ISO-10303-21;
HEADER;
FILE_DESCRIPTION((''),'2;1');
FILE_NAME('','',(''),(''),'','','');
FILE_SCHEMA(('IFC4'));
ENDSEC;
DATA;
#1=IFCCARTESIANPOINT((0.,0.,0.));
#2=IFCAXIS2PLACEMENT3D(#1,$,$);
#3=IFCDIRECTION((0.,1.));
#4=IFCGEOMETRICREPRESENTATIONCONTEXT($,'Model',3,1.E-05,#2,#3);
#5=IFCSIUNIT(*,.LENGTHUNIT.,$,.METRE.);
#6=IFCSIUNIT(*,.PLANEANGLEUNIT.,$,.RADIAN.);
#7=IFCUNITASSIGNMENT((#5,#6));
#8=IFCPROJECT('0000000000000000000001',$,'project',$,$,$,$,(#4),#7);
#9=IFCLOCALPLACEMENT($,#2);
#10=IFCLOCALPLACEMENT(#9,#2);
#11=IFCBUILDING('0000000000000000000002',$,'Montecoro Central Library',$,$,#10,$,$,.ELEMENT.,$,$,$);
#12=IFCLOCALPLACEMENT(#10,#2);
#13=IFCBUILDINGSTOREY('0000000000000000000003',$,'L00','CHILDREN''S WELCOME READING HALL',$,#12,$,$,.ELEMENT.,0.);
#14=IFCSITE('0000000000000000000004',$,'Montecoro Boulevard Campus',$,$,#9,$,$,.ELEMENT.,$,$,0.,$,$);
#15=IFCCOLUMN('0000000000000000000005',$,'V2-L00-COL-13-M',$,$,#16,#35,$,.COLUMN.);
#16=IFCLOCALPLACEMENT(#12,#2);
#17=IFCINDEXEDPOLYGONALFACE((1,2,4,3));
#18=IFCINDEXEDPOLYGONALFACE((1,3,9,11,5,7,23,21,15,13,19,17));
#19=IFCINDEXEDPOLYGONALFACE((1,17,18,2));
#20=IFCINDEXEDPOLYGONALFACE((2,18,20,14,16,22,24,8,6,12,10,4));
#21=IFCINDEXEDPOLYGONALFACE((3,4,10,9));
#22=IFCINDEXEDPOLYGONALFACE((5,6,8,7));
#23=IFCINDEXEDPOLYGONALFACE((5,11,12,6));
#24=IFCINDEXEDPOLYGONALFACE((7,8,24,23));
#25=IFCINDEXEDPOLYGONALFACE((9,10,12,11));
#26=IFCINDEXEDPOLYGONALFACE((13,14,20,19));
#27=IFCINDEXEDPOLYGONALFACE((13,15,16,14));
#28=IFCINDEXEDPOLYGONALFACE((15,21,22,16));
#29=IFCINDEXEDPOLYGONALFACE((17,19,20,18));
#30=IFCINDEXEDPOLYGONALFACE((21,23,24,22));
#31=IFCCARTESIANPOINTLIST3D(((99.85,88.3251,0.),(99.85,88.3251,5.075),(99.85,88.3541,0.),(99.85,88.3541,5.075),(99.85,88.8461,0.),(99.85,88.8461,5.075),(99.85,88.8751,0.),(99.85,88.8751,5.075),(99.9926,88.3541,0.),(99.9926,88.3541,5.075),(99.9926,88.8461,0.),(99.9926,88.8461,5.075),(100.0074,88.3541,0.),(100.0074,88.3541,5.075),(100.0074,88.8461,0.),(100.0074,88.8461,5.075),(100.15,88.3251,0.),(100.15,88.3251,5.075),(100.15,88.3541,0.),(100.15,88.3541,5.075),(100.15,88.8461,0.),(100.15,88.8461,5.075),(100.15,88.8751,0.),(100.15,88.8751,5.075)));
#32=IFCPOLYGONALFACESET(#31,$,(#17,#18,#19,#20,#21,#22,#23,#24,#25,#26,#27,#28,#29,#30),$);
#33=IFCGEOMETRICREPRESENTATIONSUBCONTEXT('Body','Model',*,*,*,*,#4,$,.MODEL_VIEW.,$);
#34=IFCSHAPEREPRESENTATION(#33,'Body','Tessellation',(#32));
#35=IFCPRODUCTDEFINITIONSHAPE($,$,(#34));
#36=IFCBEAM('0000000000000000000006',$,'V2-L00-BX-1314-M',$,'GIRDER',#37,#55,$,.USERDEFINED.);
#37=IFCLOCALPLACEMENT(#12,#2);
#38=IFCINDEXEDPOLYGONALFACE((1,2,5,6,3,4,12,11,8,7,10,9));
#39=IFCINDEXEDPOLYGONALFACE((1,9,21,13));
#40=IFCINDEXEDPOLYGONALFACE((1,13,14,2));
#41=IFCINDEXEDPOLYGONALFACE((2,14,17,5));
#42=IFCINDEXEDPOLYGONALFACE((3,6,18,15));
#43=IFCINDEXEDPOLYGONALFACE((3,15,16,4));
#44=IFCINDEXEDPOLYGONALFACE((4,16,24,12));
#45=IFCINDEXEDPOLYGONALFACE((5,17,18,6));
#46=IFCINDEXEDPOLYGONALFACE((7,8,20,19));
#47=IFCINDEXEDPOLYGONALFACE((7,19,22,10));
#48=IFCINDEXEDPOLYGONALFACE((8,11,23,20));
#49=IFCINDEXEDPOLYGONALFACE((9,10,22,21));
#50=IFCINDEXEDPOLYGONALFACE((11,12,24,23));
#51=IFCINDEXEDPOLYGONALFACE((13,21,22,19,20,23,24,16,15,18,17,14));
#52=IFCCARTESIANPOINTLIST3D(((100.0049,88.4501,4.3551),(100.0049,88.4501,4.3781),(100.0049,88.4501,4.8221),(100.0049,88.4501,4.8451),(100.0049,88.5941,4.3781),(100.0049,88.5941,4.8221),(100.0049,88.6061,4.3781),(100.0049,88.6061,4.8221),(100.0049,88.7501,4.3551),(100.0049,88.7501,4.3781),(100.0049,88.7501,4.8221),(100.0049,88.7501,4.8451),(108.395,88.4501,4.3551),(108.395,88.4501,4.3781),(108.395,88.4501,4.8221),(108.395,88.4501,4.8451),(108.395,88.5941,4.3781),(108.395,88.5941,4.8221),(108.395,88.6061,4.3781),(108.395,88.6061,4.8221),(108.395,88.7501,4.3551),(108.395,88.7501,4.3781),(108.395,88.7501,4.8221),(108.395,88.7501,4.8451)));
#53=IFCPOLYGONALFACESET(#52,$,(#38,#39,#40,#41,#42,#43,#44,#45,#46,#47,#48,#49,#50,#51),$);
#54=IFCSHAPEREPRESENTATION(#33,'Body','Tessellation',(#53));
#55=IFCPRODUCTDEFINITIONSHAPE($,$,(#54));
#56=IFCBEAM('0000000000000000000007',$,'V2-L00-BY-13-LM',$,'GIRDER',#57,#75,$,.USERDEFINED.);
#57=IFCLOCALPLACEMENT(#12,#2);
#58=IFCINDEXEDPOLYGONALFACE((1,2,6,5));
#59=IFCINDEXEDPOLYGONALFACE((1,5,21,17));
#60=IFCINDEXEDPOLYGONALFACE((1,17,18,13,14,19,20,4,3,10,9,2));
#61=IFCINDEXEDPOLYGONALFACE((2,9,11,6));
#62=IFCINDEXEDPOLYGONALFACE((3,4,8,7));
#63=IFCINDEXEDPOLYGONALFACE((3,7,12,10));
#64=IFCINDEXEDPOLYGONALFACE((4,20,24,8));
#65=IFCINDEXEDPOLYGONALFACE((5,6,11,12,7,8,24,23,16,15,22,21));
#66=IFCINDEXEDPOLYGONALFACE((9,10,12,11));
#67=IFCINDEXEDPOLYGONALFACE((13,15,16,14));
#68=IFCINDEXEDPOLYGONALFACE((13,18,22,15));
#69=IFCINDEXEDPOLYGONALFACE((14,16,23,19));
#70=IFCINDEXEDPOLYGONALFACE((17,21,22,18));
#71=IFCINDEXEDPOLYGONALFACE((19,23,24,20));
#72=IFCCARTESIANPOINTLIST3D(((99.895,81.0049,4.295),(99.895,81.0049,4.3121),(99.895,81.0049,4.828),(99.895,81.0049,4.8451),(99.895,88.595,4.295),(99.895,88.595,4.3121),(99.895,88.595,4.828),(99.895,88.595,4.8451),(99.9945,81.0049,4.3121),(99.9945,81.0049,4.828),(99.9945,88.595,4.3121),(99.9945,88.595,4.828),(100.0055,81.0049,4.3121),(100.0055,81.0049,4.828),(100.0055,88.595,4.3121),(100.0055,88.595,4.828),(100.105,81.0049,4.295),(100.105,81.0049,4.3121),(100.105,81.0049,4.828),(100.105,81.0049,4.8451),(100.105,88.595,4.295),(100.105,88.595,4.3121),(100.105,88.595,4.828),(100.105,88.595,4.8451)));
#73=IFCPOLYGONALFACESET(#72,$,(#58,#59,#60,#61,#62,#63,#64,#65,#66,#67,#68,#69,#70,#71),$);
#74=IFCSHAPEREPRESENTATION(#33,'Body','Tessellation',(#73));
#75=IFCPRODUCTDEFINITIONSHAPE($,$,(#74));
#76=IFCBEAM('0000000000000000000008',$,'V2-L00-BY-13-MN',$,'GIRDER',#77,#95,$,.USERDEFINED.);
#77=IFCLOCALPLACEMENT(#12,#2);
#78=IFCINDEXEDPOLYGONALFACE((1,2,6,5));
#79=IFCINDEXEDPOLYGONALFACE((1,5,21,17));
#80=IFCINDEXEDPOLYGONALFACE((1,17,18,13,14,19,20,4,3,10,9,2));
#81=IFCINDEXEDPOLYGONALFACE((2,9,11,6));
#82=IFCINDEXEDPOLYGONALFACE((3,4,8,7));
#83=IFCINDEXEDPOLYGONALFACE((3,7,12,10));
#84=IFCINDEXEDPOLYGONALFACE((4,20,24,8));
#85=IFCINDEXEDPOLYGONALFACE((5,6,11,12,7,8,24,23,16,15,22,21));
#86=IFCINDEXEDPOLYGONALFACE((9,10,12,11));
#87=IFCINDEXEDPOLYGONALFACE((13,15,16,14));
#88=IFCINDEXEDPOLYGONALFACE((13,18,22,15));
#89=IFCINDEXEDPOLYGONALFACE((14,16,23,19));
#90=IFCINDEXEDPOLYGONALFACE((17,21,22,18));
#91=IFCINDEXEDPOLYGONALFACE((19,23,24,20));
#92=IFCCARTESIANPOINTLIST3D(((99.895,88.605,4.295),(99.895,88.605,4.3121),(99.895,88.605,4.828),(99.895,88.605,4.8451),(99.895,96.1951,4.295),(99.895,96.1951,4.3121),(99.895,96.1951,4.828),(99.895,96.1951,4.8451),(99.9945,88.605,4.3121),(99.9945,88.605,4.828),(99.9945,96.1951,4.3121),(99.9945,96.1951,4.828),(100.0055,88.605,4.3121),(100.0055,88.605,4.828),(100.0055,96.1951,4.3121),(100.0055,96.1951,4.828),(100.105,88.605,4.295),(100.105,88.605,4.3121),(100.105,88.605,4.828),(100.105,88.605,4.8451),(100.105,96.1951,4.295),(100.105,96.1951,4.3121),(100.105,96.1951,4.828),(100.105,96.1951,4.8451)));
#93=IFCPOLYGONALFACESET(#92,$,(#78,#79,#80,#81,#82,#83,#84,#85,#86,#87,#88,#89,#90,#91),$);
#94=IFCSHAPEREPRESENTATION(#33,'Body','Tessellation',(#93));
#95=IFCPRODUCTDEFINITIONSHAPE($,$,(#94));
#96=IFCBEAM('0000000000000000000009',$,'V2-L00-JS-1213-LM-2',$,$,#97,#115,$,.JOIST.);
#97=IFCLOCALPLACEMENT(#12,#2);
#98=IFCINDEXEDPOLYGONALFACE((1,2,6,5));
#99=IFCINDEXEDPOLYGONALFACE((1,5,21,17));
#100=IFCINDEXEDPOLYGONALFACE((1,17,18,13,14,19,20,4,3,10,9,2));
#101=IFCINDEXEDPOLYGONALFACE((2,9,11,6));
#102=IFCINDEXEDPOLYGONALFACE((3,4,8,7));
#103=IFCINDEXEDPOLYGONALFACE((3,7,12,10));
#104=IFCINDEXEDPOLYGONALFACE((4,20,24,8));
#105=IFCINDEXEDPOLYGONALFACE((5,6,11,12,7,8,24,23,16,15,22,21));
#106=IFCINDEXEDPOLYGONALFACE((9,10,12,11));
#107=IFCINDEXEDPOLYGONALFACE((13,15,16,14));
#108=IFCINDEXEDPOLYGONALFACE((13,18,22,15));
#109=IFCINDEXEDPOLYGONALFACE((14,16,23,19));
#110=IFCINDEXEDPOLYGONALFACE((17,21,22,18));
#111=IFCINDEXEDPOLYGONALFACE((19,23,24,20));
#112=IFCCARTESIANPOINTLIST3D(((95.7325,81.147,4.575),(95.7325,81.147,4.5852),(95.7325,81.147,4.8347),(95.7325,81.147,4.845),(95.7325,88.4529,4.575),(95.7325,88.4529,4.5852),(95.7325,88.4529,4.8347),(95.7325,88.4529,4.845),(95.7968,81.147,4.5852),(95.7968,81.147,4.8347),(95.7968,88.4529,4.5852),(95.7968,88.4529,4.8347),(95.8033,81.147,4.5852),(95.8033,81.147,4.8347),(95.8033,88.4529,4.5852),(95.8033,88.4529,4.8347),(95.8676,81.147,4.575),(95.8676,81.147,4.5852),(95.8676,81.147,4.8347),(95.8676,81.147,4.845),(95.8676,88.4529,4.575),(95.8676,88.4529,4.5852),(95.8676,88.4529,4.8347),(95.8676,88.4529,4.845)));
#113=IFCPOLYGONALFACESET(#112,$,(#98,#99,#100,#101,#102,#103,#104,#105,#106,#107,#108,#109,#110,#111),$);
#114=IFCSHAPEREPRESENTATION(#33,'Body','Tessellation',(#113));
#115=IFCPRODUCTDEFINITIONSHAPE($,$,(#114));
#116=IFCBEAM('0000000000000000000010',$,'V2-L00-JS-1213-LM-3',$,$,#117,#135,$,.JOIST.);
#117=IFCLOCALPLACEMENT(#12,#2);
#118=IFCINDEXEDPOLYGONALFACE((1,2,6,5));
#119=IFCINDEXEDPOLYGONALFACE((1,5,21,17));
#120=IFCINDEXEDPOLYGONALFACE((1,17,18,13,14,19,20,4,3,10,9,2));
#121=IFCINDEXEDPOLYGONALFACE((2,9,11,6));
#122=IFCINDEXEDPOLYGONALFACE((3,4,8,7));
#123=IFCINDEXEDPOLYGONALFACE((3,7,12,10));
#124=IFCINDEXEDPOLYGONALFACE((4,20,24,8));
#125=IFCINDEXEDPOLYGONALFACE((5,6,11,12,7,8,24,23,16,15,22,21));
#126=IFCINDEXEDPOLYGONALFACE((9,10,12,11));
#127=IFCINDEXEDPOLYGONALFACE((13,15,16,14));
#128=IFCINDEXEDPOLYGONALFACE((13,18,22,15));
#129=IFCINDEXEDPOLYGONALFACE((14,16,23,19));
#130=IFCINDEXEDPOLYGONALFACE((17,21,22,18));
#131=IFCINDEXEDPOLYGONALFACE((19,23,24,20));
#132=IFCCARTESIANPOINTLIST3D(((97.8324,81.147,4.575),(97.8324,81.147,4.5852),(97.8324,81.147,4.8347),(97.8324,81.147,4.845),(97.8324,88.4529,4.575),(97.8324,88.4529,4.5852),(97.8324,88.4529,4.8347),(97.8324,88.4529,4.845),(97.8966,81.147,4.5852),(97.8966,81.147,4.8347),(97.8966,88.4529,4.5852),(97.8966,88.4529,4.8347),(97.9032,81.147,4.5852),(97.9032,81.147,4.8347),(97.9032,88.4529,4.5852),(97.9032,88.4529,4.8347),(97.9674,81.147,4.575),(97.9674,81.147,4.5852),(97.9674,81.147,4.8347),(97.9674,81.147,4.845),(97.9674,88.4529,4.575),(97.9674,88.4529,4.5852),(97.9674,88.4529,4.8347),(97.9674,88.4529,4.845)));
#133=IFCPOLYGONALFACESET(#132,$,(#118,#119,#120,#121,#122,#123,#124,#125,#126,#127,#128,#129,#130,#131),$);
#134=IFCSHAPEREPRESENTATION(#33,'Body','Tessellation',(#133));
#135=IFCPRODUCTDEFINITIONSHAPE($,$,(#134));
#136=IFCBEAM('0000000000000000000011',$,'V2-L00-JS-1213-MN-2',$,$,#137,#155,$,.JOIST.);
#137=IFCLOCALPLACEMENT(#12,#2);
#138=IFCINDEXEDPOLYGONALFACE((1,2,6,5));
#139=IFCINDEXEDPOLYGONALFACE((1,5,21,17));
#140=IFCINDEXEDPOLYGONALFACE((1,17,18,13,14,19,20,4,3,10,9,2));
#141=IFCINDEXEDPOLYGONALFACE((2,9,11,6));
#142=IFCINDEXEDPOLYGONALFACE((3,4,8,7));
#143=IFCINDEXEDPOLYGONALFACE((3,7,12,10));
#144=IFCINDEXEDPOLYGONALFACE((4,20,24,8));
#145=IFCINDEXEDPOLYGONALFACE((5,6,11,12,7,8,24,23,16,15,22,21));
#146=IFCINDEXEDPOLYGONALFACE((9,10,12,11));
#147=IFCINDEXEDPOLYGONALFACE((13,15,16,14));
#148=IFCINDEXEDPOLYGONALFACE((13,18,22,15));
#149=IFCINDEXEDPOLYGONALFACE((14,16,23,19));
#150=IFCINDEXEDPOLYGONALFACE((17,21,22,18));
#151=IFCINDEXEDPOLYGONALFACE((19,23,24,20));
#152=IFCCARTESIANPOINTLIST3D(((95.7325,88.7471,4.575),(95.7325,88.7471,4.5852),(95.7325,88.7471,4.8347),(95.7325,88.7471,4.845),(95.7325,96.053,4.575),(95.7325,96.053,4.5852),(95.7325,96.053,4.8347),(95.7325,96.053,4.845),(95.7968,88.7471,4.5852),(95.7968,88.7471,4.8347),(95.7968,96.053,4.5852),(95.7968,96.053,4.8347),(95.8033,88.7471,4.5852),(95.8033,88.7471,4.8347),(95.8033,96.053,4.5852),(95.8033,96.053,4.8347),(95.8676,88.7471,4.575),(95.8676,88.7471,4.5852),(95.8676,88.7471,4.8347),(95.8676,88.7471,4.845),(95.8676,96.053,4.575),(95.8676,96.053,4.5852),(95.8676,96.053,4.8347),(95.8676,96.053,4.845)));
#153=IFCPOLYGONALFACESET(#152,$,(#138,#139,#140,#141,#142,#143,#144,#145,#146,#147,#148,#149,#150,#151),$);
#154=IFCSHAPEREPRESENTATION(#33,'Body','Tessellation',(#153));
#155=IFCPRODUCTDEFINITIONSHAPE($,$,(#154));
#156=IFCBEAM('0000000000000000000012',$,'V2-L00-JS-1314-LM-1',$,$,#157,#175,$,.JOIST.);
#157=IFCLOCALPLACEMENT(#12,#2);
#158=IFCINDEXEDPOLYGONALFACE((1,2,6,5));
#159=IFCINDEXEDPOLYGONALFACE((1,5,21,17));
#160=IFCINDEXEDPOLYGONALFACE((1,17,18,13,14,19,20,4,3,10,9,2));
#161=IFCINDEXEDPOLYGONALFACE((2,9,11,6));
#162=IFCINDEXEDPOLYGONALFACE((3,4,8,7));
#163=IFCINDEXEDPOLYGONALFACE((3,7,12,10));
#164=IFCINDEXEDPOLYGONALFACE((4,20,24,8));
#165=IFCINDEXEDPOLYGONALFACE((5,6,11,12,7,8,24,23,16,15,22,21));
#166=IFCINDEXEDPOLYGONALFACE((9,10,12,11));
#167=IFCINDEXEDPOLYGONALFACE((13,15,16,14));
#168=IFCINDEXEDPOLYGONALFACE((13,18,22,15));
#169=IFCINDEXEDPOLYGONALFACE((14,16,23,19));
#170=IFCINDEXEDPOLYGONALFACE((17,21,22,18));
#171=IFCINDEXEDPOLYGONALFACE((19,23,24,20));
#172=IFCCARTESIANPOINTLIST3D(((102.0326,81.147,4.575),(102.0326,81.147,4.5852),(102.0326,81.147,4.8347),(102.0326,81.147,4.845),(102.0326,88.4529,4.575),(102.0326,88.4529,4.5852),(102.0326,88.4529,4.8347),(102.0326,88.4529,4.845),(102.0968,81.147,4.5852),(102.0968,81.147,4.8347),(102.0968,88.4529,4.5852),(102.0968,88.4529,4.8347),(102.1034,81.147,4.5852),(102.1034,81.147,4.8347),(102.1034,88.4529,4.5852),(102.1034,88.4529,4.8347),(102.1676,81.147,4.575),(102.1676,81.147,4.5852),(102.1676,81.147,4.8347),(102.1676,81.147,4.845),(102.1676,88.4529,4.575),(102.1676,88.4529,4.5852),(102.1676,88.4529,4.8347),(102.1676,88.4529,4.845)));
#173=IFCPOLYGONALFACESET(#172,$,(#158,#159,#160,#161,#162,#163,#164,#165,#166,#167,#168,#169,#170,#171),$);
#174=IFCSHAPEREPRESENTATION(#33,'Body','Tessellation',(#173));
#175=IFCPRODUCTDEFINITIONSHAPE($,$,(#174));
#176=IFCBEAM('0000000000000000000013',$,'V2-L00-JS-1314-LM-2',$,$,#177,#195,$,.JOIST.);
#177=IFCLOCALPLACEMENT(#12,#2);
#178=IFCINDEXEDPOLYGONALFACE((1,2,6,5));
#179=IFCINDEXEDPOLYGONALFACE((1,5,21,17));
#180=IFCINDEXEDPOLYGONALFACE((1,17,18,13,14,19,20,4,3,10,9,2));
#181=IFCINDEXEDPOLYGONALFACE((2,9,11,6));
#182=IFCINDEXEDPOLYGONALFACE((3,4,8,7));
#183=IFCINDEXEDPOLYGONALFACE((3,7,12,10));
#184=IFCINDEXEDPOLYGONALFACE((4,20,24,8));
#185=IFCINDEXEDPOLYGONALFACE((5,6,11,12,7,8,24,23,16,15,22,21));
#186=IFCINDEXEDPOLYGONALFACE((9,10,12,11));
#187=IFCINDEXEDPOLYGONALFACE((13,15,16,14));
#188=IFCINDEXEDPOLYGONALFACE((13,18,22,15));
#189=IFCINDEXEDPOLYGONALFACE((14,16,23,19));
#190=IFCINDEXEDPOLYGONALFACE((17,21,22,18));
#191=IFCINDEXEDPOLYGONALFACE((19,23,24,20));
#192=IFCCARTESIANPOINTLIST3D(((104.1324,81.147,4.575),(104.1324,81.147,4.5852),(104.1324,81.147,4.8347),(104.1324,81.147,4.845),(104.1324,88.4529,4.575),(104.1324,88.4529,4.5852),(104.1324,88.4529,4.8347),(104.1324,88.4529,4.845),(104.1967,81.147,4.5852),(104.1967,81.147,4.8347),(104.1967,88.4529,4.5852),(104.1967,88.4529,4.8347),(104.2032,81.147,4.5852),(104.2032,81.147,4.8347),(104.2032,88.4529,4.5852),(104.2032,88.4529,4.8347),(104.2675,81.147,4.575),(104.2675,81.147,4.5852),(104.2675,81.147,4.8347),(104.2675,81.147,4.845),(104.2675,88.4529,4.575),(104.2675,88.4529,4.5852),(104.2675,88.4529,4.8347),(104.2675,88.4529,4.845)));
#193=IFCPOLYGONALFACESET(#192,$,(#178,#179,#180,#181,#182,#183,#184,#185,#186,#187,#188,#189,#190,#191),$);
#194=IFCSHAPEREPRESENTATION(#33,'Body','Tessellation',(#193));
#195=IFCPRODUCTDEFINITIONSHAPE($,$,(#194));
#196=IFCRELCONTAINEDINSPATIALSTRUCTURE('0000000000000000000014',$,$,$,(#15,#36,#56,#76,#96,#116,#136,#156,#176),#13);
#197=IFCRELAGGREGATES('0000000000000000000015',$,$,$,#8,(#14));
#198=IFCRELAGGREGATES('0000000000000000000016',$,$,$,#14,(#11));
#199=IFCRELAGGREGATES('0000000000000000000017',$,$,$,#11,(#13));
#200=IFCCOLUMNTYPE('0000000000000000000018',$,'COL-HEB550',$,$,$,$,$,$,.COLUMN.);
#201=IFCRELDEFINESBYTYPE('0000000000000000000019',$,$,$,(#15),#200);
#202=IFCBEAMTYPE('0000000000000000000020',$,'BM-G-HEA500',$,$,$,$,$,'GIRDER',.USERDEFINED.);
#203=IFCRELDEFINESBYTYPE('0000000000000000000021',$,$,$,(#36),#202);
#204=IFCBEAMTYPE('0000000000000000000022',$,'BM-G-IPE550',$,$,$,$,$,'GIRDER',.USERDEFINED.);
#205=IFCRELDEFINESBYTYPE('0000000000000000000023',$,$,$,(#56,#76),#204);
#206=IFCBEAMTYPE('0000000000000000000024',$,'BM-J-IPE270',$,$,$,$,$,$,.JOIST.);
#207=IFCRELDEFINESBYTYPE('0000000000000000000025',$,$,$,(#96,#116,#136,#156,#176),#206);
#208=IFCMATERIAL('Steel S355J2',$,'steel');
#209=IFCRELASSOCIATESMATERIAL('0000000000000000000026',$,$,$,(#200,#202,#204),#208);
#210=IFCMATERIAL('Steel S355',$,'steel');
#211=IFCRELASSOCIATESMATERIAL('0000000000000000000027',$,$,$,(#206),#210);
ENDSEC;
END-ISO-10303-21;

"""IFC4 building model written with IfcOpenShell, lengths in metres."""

from ifc_helpers import new_model, si_unit, direction, frame, origin, origin_2d, place, context, subcontext, project, spatial, i_section, extrude, material, material_profile, profile_set, type_object, element, save


model = new_model("IFC4")

# Units and contexts
model_context = context("Model", 3, precision=1e-05, world=origin(), true_north=direction((0.0, 1.0)))
body_context = subcontext(model_context, "Body", "Model", "MODEL_VIEW")
ifc_project = project(units=[si_unit("LENGTHUNIT", "METRE"), si_unit("PLANEANGLEUNIT", "RADIAN")], contexts=[model_context])

# Site, building, storey
site_placement = place(None, origin())
site = spatial("IfcSite", under=ifc_project, at=site_placement, Name="Montecoro Boulevard Campus", CompositionType="ELEMENT", RefElevation=0.0)
building_placement = place(site_placement, origin())
building = spatial("IfcBuilding", under=site, at=building_placement, Name="Montecoro Central Library", CompositionType="ELEMENT")
storey_placement = place(building_placement, origin())
storey = spatial("IfcBuildingStorey", under=building, at=storey_placement, Name="L00", Description="CHILDREN'S WELCOME READING HALL", CompositionType="ELEMENT", Elevation=0.0)

# Column
ifc_material_1 = material(Name="Steel S355J2", Category="steel")
ifc_material_profile_1 = material_profile(ifc_material_1, i_section(OverallWidth=0.3, OverallDepth=0.55, WebThickness=0.0149, FlangeThickness=0.0291, at=origin_2d()), Name="HEB 550")
ifc_profile_set_1 = profile_set([ifc_material_profile_1], Name="Steel S355J2")
column_type = type_object("IfcColumnType", Name="COL-HEB550", PredefinedType="COLUMN", material=ifc_profile_set_1)
column_placement = place(storey_placement, frame((100.0, 88.6001, 0.0), z_axis=(0.0, 0.0, 1.0), x_axis=(1.0, 0.0, 0.0)))
element("IfcColumn", 1, at=column_placement, inside=storey, type_object=column_type, Name="V2-L00-COL-13-M", PredefinedType="COLUMN", context=body_context, shape_type="SweptSolid", body=[
    extrude(i_section(OverallWidth=0.3, OverallDepth=0.55, WebThickness=0.0149, FlangeThickness=0.0291, at=origin_2d()), origin(), (0.0, 0.0, 1.0), 5.075),
])

# Beams
ifc_material_profile_2 = material_profile(ifc_material_1, i_section(OverallWidth=0.3, OverallDepth=0.49, WebThickness=0.012, FlangeThickness=0.0229, at=origin_2d()), Name="HEA 500")
ifc_profile_set_2 = profile_set([ifc_material_profile_2], Name="Steel S355J2")
beam_type_1 = type_object("IfcBeamType", Name="BM-G-HEA500", ElementType="GIRDER", PredefinedType="USERDEFINED", material=ifc_profile_set_2)
beam_placement = place(storey_placement, frame((100.0049, 88.6001, 4.6001), z_axis=(1.0, 0.0, 0.0), x_axis=(0.0, 1.0, 0.0)))
element("IfcBeam", 2, at=beam_placement, inside=storey, type_object=beam_type_1, Name="V2-L00-BX-1314-M", ObjectType="GIRDER", PredefinedType="USERDEFINED", context=body_context, shape_type="SweptSolid", body=[
    extrude(i_section(OverallWidth=0.3, OverallDepth=0.49, WebThickness=0.012, FlangeThickness=0.0229, at=origin_2d()), origin(), (0.0, 0.0, 1.0), 8.3901),
])
ifc_material_profile_3 = material_profile(ifc_material_1, i_section(OverallWidth=0.21, OverallDepth=0.55, WebThickness=0.011, FlangeThickness=0.0171, at=origin_2d()), Name="IPE 550")
ifc_profile_set_3 = profile_set([ifc_material_profile_3], Name="Steel S355J2")
beam_type_2 = type_object("IfcBeamType", Name="BM-G-IPE550", ElementType="GIRDER", PredefinedType="USERDEFINED", material=ifc_profile_set_3)
for number, where, z_axis, x_axis, name in (
    (3, (100.0, 81.0049, 4.5701), (0.0, 1.0, 0.0), (-1.0, 0.0, 0.0), "V2-L00-BY-13-LM"),
    (4, (100.0, 88.605, 4.5701), (0.0, 1.0, 0.0), (-1.0, 0.0, 0.0), "V2-L00-BY-13-MN"),
):
    element("IfcBeam", number, at=place(storey_placement, frame(where, z_axis=z_axis, x_axis=x_axis)), inside=storey, type_object=beam_type_2, Name=name, ObjectType="GIRDER", PredefinedType="USERDEFINED", context=body_context, shape_type="SweptSolid", body=[
        extrude(i_section(OverallWidth=0.21, OverallDepth=0.55, WebThickness=0.011, FlangeThickness=0.0171, at=origin_2d()), origin(), (0.0, 0.0, 1.0), 7.5901),
    ])
ifc_material_2 = material(Name="Steel S355", Category="steel")
ifc_material_profile_4 = material_profile(ifc_material_2, i_section(OverallWidth=0.135, OverallDepth=0.27, WebThickness=0.0066, FlangeThickness=0.0103, at=origin_2d()), Name="IPE 270")
ifc_profile_set_4 = profile_set([ifc_material_profile_4], Name="Steel S355")
beam_type_3 = type_object("IfcBeamType", Name="BM-J-IPE270", PredefinedType="JOIST", material=ifc_profile_set_4)
for number, where, z_axis, x_axis, name in (
    (5, (95.8, 81.147, 4.71), (0.0, 1.0, 0.0), (-1.0, 0.0, 0.0), "V2-L00-JS-1213-LM-2"),
    (6, (97.8999, 81.147, 4.71), (0.0, 1.0, 0.0), (-1.0, 0.0, 0.0), "V2-L00-JS-1213-LM-3"),
    (7, (95.8, 88.7471, 4.71), (0.0, 1.0, 0.0), (-1.0, 0.0, 0.0), "V2-L00-JS-1213-MN-2"),
    (8, (102.1001, 81.147, 4.71), (0.0, 1.0, 0.0), (-1.0, 0.0, 0.0), "V2-L00-JS-1314-LM-1"),
    (9, (104.2, 81.147, 4.71), (0.0, 1.0, 0.0), (-1.0, 0.0, 0.0), "V2-L00-JS-1314-LM-2"),
):
    element("IfcBeam", number, at=place(storey_placement, frame(where, z_axis=z_axis, x_axis=x_axis)), inside=storey, type_object=beam_type_3, Name=name, PredefinedType="JOIST", context=body_context, shape_type="SweptSolid", body=[
        extrude(i_section(OverallWidth=0.135, OverallDepth=0.27, WebThickness=0.0066, FlangeThickness=0.0103, at=origin_2d()), origin(), (0.0, 0.0, 1.0), 7.3059),
    ])

save(model, "model.ifc")
